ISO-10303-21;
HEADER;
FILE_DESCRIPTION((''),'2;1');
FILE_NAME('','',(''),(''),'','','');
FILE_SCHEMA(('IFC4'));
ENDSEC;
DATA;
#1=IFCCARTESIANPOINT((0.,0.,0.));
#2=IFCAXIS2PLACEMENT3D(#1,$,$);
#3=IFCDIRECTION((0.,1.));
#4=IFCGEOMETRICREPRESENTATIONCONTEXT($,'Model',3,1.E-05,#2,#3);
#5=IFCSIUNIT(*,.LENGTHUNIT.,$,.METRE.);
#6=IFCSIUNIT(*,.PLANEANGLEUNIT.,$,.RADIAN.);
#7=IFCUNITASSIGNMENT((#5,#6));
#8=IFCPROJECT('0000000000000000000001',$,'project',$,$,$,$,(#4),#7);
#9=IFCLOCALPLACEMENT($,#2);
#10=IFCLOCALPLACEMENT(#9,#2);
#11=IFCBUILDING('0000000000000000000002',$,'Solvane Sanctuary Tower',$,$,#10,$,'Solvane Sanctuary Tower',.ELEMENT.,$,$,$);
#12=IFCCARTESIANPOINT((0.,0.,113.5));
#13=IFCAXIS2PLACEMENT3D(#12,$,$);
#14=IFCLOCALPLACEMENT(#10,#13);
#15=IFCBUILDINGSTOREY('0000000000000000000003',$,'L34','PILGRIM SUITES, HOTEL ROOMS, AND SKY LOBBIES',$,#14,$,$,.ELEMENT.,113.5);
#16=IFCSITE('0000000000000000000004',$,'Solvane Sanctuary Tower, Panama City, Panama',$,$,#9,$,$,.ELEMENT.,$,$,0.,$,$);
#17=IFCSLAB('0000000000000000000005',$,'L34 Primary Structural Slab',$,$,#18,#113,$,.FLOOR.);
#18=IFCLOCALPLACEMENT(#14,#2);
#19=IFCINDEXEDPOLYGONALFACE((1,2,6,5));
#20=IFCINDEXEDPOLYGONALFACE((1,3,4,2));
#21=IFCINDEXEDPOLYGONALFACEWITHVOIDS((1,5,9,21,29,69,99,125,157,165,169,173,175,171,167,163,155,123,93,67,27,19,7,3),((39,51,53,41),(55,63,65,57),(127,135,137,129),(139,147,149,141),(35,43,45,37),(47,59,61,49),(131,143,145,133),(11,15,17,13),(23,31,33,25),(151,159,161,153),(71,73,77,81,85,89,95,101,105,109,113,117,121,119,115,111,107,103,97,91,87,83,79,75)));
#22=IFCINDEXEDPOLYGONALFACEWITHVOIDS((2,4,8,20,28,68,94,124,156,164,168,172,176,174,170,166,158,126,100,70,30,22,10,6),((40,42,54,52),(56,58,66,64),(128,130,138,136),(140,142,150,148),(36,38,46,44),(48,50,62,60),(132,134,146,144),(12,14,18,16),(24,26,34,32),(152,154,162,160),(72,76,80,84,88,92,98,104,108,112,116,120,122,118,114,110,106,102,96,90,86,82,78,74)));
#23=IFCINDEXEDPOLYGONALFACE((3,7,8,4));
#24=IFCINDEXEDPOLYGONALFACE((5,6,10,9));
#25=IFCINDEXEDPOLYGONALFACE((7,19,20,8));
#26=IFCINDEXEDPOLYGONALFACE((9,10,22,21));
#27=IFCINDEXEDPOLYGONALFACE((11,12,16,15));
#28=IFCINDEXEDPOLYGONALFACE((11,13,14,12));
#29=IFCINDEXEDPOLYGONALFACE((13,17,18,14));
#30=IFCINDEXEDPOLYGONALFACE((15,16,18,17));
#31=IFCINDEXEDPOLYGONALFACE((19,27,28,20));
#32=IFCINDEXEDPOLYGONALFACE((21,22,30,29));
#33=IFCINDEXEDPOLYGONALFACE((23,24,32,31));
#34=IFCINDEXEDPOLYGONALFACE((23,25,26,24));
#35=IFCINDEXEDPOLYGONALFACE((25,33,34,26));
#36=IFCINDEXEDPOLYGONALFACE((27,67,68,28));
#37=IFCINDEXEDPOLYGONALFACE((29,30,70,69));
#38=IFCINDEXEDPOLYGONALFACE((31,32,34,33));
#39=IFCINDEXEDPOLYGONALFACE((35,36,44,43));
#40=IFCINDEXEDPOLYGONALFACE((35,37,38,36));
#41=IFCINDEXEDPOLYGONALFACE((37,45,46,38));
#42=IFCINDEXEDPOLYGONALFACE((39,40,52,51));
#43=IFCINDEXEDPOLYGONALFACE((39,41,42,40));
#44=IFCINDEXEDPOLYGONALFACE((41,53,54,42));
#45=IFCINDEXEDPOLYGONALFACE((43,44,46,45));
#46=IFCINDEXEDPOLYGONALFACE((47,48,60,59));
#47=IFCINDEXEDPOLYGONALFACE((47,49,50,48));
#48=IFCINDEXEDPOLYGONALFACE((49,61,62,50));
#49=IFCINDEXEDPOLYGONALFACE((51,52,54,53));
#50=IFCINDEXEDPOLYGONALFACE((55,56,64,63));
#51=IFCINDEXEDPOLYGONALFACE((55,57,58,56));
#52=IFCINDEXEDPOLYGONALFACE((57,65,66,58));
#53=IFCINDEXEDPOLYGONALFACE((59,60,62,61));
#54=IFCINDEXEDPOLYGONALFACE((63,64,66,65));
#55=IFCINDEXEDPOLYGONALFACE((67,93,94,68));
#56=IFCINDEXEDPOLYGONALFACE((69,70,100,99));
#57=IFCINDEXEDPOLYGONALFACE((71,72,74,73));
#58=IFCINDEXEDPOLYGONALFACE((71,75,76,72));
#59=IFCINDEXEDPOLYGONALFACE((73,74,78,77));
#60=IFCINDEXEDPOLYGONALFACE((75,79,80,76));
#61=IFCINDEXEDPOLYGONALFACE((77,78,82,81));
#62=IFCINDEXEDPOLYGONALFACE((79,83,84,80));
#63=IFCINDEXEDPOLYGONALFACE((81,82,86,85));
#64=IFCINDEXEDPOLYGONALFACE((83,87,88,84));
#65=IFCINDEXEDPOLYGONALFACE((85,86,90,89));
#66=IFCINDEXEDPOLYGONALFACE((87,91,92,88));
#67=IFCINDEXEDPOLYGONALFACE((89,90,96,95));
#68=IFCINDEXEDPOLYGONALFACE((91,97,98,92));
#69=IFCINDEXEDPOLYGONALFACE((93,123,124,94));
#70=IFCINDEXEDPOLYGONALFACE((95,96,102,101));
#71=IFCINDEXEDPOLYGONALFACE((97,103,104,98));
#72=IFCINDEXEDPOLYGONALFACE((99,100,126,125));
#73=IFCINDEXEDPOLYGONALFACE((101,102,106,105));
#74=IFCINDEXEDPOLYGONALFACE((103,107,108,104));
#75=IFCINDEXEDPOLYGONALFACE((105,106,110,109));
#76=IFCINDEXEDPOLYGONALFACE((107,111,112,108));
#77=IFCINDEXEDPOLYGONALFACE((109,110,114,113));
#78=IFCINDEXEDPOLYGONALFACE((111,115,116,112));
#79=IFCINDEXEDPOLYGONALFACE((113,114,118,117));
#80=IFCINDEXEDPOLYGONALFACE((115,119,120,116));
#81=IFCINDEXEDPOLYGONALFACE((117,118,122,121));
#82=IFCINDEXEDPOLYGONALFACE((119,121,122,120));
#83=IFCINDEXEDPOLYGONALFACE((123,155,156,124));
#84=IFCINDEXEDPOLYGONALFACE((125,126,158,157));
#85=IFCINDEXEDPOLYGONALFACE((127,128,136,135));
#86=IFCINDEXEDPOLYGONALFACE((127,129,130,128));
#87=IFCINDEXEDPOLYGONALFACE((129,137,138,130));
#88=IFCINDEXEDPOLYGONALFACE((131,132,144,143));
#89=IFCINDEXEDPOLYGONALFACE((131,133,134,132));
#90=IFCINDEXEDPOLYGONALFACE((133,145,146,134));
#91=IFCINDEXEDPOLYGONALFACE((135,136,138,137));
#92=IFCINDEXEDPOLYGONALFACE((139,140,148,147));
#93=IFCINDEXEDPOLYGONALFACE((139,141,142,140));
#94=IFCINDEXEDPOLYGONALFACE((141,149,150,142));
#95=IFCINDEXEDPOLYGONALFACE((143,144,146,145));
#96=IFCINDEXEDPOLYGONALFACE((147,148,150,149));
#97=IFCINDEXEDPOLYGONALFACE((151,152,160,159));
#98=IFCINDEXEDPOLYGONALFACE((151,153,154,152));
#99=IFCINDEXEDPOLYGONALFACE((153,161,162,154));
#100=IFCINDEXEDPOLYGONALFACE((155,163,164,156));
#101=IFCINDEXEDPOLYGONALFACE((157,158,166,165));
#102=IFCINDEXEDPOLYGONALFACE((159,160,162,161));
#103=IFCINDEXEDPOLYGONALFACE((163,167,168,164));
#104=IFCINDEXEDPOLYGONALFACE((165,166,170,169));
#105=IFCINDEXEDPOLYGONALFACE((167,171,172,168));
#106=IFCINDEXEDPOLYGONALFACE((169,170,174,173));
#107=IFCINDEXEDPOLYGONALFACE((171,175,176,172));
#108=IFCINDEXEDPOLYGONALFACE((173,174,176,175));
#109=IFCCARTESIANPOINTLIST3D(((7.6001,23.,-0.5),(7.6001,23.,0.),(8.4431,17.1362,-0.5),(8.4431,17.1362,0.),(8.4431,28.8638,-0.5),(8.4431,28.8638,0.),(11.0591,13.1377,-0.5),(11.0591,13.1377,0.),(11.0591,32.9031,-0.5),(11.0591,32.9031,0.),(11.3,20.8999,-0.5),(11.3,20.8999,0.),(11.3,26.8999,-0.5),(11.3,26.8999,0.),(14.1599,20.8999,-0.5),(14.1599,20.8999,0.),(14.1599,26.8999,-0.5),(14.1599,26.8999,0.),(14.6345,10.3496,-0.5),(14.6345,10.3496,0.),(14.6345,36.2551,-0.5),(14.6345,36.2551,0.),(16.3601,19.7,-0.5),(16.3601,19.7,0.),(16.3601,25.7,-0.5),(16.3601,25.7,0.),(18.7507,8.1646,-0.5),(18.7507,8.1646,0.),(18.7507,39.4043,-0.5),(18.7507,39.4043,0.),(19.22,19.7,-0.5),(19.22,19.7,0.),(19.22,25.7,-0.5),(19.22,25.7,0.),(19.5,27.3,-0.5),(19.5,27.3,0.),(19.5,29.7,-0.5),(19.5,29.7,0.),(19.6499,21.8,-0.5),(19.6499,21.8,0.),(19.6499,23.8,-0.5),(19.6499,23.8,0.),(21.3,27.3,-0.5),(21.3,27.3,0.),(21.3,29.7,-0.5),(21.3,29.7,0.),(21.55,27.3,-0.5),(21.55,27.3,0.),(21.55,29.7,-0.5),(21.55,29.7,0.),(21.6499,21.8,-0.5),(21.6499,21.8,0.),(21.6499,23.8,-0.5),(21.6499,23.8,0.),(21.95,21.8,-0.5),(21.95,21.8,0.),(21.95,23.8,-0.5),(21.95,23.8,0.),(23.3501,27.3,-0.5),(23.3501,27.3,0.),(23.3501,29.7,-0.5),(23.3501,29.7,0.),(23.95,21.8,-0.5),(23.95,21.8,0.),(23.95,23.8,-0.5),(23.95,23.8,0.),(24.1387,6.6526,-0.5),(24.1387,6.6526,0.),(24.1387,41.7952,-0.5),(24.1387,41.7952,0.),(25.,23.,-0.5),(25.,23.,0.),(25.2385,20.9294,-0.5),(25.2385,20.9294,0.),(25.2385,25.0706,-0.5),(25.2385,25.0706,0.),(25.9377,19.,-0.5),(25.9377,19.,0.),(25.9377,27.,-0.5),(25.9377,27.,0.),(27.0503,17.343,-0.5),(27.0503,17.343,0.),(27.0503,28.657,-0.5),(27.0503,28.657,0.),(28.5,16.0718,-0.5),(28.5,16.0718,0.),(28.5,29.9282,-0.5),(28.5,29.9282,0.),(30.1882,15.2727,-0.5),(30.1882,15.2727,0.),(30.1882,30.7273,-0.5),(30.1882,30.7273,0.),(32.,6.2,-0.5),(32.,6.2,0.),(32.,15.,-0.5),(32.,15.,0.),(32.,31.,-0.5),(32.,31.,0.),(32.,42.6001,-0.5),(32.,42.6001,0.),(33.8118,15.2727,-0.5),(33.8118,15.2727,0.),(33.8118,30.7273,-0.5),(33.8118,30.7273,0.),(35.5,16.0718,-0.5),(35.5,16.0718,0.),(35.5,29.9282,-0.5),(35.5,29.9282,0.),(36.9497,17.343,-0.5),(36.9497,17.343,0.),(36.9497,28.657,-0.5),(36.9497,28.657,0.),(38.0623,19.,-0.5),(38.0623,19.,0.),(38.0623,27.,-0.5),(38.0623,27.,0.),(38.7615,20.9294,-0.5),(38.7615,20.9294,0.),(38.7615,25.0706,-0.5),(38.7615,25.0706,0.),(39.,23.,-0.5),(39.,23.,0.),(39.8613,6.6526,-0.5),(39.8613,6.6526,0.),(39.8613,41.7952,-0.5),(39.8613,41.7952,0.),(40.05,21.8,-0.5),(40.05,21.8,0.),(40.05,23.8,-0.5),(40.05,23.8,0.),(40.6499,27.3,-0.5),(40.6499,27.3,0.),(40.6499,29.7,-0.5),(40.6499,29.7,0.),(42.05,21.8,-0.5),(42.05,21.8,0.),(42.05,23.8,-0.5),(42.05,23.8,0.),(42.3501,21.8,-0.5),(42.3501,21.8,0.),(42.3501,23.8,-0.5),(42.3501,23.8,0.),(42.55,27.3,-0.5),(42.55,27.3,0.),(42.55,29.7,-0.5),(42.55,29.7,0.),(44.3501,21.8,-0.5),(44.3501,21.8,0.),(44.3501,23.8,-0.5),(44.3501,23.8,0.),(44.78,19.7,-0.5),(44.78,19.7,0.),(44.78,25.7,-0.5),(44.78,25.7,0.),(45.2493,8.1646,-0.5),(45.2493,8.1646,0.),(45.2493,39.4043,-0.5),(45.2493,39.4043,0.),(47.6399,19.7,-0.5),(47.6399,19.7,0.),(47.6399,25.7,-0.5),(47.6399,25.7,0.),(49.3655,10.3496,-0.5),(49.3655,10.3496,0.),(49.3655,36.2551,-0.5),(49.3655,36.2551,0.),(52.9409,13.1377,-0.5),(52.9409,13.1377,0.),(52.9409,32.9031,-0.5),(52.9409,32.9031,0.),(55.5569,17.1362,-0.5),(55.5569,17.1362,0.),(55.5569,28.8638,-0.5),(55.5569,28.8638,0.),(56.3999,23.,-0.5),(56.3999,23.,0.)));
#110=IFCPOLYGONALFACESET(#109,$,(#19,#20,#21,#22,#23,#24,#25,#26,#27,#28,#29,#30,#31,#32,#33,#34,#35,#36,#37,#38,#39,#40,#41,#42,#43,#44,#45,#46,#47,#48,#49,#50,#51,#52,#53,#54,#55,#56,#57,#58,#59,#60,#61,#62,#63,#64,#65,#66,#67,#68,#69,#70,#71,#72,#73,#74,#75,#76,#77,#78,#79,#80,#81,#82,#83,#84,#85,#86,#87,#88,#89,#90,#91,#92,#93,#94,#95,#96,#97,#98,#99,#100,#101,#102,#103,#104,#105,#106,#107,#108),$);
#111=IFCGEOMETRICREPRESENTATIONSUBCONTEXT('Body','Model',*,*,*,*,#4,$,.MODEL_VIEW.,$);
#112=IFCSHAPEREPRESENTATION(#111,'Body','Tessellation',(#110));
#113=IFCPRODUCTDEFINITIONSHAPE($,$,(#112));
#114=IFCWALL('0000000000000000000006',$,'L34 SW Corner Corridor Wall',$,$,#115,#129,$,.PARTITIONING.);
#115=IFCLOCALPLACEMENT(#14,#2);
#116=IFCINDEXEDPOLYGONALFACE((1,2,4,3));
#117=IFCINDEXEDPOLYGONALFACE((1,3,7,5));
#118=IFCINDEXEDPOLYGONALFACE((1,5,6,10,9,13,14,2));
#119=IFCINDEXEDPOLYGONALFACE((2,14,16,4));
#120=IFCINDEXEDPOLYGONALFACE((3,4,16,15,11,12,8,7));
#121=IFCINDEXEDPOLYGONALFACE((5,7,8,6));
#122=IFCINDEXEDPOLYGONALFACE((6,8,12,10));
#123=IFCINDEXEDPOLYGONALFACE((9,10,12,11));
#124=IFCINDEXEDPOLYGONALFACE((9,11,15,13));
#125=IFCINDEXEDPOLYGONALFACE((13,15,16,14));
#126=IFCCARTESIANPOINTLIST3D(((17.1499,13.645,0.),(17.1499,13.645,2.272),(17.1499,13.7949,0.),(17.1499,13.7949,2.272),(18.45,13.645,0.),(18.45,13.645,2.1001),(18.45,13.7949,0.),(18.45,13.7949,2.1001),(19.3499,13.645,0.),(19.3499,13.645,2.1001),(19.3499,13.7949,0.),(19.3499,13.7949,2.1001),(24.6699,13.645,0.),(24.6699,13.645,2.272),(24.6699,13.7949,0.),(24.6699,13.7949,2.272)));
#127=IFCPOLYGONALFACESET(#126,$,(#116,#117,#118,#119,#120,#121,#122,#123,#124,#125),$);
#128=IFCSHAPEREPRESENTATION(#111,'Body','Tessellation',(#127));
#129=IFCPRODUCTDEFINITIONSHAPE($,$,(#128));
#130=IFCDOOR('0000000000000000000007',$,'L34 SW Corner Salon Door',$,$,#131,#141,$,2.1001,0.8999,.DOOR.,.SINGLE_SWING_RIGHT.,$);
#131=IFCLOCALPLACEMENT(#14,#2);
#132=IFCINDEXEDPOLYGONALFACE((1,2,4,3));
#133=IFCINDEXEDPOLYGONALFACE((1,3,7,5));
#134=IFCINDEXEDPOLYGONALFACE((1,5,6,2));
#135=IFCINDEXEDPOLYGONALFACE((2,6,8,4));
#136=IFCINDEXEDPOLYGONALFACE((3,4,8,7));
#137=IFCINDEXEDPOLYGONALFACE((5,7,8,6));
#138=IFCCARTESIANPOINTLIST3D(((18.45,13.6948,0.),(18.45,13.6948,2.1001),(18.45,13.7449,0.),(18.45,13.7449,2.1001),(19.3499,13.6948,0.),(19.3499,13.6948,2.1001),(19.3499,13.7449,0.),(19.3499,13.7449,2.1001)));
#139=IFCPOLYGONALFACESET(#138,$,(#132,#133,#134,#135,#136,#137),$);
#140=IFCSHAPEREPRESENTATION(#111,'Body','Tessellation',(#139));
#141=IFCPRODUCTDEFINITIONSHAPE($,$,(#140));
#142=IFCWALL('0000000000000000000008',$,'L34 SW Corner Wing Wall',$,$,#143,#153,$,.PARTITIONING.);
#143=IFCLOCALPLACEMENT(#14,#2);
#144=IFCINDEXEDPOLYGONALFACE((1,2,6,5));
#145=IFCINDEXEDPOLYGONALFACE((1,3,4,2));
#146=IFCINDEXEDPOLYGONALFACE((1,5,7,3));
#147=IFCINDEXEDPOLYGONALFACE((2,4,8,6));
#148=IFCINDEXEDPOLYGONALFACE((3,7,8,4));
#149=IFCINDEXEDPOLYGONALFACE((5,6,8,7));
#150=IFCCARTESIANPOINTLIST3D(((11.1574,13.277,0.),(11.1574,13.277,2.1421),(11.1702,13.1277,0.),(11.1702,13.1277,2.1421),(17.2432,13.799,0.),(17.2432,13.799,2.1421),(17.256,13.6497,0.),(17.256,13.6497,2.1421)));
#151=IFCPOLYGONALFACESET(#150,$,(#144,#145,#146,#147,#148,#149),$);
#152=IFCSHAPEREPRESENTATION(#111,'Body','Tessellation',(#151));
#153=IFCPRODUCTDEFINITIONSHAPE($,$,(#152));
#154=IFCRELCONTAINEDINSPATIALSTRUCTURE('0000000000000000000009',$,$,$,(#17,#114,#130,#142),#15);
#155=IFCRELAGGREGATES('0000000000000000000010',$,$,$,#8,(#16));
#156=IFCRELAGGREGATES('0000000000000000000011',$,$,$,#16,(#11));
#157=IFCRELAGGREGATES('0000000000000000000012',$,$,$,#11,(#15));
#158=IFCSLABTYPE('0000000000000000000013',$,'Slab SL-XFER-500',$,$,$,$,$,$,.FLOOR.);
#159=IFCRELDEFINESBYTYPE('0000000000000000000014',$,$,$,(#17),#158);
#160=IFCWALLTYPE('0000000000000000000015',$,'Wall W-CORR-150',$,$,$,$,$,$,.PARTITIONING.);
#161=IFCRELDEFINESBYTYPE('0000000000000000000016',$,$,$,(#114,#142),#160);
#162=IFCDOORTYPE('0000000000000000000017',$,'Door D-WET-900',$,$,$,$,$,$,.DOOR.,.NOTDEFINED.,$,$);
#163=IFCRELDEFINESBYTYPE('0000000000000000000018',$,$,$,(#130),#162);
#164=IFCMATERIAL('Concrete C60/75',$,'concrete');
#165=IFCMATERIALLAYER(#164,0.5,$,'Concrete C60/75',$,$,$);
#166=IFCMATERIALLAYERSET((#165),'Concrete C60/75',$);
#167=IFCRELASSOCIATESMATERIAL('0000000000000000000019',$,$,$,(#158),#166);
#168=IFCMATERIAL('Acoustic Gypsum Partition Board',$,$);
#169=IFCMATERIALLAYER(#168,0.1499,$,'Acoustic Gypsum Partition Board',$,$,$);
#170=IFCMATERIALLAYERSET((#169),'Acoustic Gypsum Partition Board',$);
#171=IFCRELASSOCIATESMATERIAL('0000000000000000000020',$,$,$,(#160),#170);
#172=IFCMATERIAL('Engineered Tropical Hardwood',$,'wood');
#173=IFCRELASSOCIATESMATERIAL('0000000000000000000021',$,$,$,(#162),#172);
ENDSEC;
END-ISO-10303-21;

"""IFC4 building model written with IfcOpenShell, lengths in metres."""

from ifc_helpers import new_model, si_unit, direction, frame, frame_2d, origin, place, context, subcontext, project, spatial, polyline, rectangle, outline, extrude, material, layer, layer_set, type_object, element, fill, save


model = new_model("IFC4")

# Units and contexts
model_context = context("Model", 3, precision=1e-05, world=origin(), true_north=direction((0.0, 1.0)))
body_context = subcontext(model_context, "Body", "Model", "MODEL_VIEW")
ifc_project = project(units=[si_unit("LENGTHUNIT", "METRE"), si_unit("PLANEANGLEUNIT", "RADIAN")], contexts=[model_context])

# Site, building, storey
site_placement = place(None, origin())
site = spatial("IfcSite", under=ifc_project, at=site_placement, Name="Solvane Sanctuary Tower, Panama City, Panama", CompositionType="ELEMENT", RefElevation=0.0)
building_placement = place(site_placement, origin())
building = spatial("IfcBuilding", under=site, at=building_placement, Name="Solvane Sanctuary Tower", LongName="Solvane Sanctuary Tower", CompositionType="ELEMENT")
storey_placement = place(building_placement, frame((0.0, 0.0, 113.5)))
storey = spatial("IfcBuildingStorey", under=building, at=storey_placement, Name="L34", Description="PILGRIM SUITES, HOTEL ROOMS, AND SKY LOBBIES", CompositionType="ELEMENT", Elevation=113.5)

# Shared definitions
ifc_material_1 = material(Name="Concrete C60/75", Category="concrete")

# Slab
ifc_layer_1 = layer(ifc_material_1, 0.5, Name="Concrete C60/75")
ifc_layer_set_1 = layer_set([ifc_layer_1], Name="Concrete C60/75")
slab_type_1 = type_object("IfcSlabType", Name="Slab SL-XFER-500", PredefinedType="FLOOR", material=ifc_layer_set_1)
slab_1_placement = place(storey_placement, frame((0.0, 0.0, -0.5)))
element("IfcSlab", 1, at=slab_1_placement, inside=storey, type_object=slab_type_1, Name="L34 Primary Structural Slab", PredefinedType="FLOOR", context=body_context, shape_type="SweptSolid", body=[
    extrude(outline(polyline([(56.3999, 23.0), (55.5569, 28.8638), (52.9409, 32.9031), (49.3655, 36.2551), (45.2493, 39.4043), (39.8613, 41.7952), (32.0, 42.6001), (24.1387, 41.7952), (18.7507, 39.4043), (14.6345, 36.2551), (11.0591, 32.9031), (8.4431, 28.8638), (7.6001, 23.0), (8.4431, 17.1362), (11.0591, 13.1377), (14.6345, 10.3496), (18.7507, 8.1646), (24.1387, 6.6526), (32.0, 6.2), (39.8613, 6.6526), (45.2493, 8.1646), (49.3655, 10.3496), (52.9409, 13.1377), (55.5569, 17.1362), (56.3999, 23.0)]), holes=[polyline([(38.7615, 20.9294), (38.0623, 19.0), (36.9497, 17.343), (35.5, 16.0718), (33.8118, 15.2727), (32.0, 15.0), (30.1882, 15.2727), (28.5, 16.0718), (27.0503, 17.343), (25.9377, 19.0), (25.2385, 20.9294), (25.0, 23.0), (25.2385, 25.0706), (25.9377, 27.0), (27.0503, 28.657), (28.5, 29.9282), (30.1882, 30.7273), (32.0, 31.0), (33.8118, 30.7273), (35.5, 29.9282), (36.9497, 28.657), (38.0623, 27.0), (38.7615, 25.0706), (39.0, 23.0), (38.7615, 20.9294)]), polyline([(16.3601, 19.7), (16.3601, 25.7), (19.22, 25.7), (19.22, 19.7), (16.3601, 19.7)]), polyline([(44.78, 19.7), (44.78, 25.7), (47.6399, 25.7), (47.6399, 19.7), (44.78, 19.7)]), polyline([(11.3, 20.8999), (11.3, 26.8999), (14.1599, 26.8999), (14.1599, 20.8999), (11.3, 20.8999)]), polyline([(19.6499, 23.8), (21.6499, 23.8), (21.6499, 21.8), (19.6499, 21.8), (19.6499, 23.8)]), polyline([(42.3501, 23.8), (44.3501, 23.8), (44.3501, 21.8), (42.3501, 21.8), (42.3501, 23.8)]), polyline([(21.95, 23.8), (23.95, 23.8), (23.95, 21.8), (21.95, 21.8), (21.95, 23.8)]), polyline([(40.05, 23.8), (42.05, 23.8), (42.05, 21.8), (40.05, 21.8), (40.05, 23.8)]), polyline([(19.5, 29.7), (21.3, 29.7), (21.3, 27.3), (19.5, 27.3), (19.5, 29.7)]), polyline([(21.55, 29.7), (23.3501, 29.7), (23.3501, 27.3), (21.55, 27.3), (21.55, 29.7)]), polyline([(40.6499, 29.7), (42.55, 29.7), (42.55, 27.3), (40.6499, 27.3), (40.6499, 29.7)])]), origin(), (0.0, 0.0, 1.0), 0.5),
])

# Wall, opening, door
ifc_material_2 = material(Name="Acoustic Gypsum Partition Board")
ifc_layer_2 = layer(ifc_material_2, 0.1499, Name="Acoustic Gypsum Partition Board")
ifc_layer_set_2 = layer_set([ifc_layer_2], Name="Acoustic Gypsum Partition Board")
wall_type_1 = type_object("IfcWallType", Name="Wall W-CORR-150", PredefinedType="PARTITIONING", material=ifc_layer_set_2)
wall_1_placement = place(storey_placement, frame((17.1499, 13.72, 0.0), z_axis=(0.0, 0.0, 1.0), x_axis=(1.0, 0.0, 0.0)))
wall_1 = element("IfcWall", 2, at=wall_1_placement, inside=storey, type_object=wall_type_1, Name="L34 SW Corner Corridor Wall", PredefinedType="PARTITIONING", context=body_context, shape_type="SweptSolid", body=[
    extrude(rectangle(XDim=7.52, YDim=0.1499, at=frame_2d((3.76, 0.0))), origin(), (0.0, 0.0, 1.0), 2.272),
])
opening_1_placement = place(wall_1_placement, frame((1.3, 0.0, 0.0)))
opening_1 = element("IfcOpeningElement", 3, at=opening_1_placement, cuts=wall_1, PredefinedType="OPENING", context=body_context, shape_type="SweptSolid", body=[
    extrude(rectangle(XDim=0.8999, YDim=2.1001, at=frame_2d((0.45, 1.05))), frame((0.0, 0.085, 0.0), z_axis=(0.0, -1.0, 0.0), x_axis=(1.0, 0.0, 0.0)), (0.0, 0.0, 1.0), 0.1699),
])
ifc_material_3 = material(Name="Engineered Tropical Hardwood", Category="wood")
door_type = type_object("IfcDoorType", Name="Door D-WET-900", OperationType="NOTDEFINED", PredefinedType="DOOR", material=ifc_material_3)
door_placement = place(opening_1_placement, origin())
door = element("IfcDoor", 4, at=door_placement, inside=storey, type_object=door_type, Name="L34 SW Corner Salon Door", OperationType="SINGLE_SWING_RIGHT", OverallHeight=2.1001, OverallWidth=0.8999, PredefinedType="DOOR", context=body_context, shape_type="SweptSolid", body=[
    extrude(rectangle(XDim=0.8999, YDim=2.1001, at=frame_2d((0.45, 1.05))), frame((0.0, 0.0249, 0.0), z_axis=(0.0, -1.0, 0.0), x_axis=(1.0, 0.0, 0.0)), (0.0, 0.0, 1.0), 0.05),
])
fill(opening_1, door)

# Wall
wall_2_placement = place(storey_placement, frame((17.2498, 13.7244, 0.0), z_axis=(0.0, 0.0, 1.0), x_axis=(-0.996342, -0.085457, 0.0)))
element("IfcWall", 5, at=wall_2_placement, inside=storey, type_object=wall_type_1, Name="L34 SW Corner Wing Wall", PredefinedType="PARTITIONING", context=body_context, shape_type="SweptSolid", body=[
    extrude(rectangle(XDim=6.1082, YDim=0.1499, at=frame_2d((3.0542, 0.0))), origin(), (0.0, 0.0, 1.0), 2.1421),
])

save(model, "model.ifc")
